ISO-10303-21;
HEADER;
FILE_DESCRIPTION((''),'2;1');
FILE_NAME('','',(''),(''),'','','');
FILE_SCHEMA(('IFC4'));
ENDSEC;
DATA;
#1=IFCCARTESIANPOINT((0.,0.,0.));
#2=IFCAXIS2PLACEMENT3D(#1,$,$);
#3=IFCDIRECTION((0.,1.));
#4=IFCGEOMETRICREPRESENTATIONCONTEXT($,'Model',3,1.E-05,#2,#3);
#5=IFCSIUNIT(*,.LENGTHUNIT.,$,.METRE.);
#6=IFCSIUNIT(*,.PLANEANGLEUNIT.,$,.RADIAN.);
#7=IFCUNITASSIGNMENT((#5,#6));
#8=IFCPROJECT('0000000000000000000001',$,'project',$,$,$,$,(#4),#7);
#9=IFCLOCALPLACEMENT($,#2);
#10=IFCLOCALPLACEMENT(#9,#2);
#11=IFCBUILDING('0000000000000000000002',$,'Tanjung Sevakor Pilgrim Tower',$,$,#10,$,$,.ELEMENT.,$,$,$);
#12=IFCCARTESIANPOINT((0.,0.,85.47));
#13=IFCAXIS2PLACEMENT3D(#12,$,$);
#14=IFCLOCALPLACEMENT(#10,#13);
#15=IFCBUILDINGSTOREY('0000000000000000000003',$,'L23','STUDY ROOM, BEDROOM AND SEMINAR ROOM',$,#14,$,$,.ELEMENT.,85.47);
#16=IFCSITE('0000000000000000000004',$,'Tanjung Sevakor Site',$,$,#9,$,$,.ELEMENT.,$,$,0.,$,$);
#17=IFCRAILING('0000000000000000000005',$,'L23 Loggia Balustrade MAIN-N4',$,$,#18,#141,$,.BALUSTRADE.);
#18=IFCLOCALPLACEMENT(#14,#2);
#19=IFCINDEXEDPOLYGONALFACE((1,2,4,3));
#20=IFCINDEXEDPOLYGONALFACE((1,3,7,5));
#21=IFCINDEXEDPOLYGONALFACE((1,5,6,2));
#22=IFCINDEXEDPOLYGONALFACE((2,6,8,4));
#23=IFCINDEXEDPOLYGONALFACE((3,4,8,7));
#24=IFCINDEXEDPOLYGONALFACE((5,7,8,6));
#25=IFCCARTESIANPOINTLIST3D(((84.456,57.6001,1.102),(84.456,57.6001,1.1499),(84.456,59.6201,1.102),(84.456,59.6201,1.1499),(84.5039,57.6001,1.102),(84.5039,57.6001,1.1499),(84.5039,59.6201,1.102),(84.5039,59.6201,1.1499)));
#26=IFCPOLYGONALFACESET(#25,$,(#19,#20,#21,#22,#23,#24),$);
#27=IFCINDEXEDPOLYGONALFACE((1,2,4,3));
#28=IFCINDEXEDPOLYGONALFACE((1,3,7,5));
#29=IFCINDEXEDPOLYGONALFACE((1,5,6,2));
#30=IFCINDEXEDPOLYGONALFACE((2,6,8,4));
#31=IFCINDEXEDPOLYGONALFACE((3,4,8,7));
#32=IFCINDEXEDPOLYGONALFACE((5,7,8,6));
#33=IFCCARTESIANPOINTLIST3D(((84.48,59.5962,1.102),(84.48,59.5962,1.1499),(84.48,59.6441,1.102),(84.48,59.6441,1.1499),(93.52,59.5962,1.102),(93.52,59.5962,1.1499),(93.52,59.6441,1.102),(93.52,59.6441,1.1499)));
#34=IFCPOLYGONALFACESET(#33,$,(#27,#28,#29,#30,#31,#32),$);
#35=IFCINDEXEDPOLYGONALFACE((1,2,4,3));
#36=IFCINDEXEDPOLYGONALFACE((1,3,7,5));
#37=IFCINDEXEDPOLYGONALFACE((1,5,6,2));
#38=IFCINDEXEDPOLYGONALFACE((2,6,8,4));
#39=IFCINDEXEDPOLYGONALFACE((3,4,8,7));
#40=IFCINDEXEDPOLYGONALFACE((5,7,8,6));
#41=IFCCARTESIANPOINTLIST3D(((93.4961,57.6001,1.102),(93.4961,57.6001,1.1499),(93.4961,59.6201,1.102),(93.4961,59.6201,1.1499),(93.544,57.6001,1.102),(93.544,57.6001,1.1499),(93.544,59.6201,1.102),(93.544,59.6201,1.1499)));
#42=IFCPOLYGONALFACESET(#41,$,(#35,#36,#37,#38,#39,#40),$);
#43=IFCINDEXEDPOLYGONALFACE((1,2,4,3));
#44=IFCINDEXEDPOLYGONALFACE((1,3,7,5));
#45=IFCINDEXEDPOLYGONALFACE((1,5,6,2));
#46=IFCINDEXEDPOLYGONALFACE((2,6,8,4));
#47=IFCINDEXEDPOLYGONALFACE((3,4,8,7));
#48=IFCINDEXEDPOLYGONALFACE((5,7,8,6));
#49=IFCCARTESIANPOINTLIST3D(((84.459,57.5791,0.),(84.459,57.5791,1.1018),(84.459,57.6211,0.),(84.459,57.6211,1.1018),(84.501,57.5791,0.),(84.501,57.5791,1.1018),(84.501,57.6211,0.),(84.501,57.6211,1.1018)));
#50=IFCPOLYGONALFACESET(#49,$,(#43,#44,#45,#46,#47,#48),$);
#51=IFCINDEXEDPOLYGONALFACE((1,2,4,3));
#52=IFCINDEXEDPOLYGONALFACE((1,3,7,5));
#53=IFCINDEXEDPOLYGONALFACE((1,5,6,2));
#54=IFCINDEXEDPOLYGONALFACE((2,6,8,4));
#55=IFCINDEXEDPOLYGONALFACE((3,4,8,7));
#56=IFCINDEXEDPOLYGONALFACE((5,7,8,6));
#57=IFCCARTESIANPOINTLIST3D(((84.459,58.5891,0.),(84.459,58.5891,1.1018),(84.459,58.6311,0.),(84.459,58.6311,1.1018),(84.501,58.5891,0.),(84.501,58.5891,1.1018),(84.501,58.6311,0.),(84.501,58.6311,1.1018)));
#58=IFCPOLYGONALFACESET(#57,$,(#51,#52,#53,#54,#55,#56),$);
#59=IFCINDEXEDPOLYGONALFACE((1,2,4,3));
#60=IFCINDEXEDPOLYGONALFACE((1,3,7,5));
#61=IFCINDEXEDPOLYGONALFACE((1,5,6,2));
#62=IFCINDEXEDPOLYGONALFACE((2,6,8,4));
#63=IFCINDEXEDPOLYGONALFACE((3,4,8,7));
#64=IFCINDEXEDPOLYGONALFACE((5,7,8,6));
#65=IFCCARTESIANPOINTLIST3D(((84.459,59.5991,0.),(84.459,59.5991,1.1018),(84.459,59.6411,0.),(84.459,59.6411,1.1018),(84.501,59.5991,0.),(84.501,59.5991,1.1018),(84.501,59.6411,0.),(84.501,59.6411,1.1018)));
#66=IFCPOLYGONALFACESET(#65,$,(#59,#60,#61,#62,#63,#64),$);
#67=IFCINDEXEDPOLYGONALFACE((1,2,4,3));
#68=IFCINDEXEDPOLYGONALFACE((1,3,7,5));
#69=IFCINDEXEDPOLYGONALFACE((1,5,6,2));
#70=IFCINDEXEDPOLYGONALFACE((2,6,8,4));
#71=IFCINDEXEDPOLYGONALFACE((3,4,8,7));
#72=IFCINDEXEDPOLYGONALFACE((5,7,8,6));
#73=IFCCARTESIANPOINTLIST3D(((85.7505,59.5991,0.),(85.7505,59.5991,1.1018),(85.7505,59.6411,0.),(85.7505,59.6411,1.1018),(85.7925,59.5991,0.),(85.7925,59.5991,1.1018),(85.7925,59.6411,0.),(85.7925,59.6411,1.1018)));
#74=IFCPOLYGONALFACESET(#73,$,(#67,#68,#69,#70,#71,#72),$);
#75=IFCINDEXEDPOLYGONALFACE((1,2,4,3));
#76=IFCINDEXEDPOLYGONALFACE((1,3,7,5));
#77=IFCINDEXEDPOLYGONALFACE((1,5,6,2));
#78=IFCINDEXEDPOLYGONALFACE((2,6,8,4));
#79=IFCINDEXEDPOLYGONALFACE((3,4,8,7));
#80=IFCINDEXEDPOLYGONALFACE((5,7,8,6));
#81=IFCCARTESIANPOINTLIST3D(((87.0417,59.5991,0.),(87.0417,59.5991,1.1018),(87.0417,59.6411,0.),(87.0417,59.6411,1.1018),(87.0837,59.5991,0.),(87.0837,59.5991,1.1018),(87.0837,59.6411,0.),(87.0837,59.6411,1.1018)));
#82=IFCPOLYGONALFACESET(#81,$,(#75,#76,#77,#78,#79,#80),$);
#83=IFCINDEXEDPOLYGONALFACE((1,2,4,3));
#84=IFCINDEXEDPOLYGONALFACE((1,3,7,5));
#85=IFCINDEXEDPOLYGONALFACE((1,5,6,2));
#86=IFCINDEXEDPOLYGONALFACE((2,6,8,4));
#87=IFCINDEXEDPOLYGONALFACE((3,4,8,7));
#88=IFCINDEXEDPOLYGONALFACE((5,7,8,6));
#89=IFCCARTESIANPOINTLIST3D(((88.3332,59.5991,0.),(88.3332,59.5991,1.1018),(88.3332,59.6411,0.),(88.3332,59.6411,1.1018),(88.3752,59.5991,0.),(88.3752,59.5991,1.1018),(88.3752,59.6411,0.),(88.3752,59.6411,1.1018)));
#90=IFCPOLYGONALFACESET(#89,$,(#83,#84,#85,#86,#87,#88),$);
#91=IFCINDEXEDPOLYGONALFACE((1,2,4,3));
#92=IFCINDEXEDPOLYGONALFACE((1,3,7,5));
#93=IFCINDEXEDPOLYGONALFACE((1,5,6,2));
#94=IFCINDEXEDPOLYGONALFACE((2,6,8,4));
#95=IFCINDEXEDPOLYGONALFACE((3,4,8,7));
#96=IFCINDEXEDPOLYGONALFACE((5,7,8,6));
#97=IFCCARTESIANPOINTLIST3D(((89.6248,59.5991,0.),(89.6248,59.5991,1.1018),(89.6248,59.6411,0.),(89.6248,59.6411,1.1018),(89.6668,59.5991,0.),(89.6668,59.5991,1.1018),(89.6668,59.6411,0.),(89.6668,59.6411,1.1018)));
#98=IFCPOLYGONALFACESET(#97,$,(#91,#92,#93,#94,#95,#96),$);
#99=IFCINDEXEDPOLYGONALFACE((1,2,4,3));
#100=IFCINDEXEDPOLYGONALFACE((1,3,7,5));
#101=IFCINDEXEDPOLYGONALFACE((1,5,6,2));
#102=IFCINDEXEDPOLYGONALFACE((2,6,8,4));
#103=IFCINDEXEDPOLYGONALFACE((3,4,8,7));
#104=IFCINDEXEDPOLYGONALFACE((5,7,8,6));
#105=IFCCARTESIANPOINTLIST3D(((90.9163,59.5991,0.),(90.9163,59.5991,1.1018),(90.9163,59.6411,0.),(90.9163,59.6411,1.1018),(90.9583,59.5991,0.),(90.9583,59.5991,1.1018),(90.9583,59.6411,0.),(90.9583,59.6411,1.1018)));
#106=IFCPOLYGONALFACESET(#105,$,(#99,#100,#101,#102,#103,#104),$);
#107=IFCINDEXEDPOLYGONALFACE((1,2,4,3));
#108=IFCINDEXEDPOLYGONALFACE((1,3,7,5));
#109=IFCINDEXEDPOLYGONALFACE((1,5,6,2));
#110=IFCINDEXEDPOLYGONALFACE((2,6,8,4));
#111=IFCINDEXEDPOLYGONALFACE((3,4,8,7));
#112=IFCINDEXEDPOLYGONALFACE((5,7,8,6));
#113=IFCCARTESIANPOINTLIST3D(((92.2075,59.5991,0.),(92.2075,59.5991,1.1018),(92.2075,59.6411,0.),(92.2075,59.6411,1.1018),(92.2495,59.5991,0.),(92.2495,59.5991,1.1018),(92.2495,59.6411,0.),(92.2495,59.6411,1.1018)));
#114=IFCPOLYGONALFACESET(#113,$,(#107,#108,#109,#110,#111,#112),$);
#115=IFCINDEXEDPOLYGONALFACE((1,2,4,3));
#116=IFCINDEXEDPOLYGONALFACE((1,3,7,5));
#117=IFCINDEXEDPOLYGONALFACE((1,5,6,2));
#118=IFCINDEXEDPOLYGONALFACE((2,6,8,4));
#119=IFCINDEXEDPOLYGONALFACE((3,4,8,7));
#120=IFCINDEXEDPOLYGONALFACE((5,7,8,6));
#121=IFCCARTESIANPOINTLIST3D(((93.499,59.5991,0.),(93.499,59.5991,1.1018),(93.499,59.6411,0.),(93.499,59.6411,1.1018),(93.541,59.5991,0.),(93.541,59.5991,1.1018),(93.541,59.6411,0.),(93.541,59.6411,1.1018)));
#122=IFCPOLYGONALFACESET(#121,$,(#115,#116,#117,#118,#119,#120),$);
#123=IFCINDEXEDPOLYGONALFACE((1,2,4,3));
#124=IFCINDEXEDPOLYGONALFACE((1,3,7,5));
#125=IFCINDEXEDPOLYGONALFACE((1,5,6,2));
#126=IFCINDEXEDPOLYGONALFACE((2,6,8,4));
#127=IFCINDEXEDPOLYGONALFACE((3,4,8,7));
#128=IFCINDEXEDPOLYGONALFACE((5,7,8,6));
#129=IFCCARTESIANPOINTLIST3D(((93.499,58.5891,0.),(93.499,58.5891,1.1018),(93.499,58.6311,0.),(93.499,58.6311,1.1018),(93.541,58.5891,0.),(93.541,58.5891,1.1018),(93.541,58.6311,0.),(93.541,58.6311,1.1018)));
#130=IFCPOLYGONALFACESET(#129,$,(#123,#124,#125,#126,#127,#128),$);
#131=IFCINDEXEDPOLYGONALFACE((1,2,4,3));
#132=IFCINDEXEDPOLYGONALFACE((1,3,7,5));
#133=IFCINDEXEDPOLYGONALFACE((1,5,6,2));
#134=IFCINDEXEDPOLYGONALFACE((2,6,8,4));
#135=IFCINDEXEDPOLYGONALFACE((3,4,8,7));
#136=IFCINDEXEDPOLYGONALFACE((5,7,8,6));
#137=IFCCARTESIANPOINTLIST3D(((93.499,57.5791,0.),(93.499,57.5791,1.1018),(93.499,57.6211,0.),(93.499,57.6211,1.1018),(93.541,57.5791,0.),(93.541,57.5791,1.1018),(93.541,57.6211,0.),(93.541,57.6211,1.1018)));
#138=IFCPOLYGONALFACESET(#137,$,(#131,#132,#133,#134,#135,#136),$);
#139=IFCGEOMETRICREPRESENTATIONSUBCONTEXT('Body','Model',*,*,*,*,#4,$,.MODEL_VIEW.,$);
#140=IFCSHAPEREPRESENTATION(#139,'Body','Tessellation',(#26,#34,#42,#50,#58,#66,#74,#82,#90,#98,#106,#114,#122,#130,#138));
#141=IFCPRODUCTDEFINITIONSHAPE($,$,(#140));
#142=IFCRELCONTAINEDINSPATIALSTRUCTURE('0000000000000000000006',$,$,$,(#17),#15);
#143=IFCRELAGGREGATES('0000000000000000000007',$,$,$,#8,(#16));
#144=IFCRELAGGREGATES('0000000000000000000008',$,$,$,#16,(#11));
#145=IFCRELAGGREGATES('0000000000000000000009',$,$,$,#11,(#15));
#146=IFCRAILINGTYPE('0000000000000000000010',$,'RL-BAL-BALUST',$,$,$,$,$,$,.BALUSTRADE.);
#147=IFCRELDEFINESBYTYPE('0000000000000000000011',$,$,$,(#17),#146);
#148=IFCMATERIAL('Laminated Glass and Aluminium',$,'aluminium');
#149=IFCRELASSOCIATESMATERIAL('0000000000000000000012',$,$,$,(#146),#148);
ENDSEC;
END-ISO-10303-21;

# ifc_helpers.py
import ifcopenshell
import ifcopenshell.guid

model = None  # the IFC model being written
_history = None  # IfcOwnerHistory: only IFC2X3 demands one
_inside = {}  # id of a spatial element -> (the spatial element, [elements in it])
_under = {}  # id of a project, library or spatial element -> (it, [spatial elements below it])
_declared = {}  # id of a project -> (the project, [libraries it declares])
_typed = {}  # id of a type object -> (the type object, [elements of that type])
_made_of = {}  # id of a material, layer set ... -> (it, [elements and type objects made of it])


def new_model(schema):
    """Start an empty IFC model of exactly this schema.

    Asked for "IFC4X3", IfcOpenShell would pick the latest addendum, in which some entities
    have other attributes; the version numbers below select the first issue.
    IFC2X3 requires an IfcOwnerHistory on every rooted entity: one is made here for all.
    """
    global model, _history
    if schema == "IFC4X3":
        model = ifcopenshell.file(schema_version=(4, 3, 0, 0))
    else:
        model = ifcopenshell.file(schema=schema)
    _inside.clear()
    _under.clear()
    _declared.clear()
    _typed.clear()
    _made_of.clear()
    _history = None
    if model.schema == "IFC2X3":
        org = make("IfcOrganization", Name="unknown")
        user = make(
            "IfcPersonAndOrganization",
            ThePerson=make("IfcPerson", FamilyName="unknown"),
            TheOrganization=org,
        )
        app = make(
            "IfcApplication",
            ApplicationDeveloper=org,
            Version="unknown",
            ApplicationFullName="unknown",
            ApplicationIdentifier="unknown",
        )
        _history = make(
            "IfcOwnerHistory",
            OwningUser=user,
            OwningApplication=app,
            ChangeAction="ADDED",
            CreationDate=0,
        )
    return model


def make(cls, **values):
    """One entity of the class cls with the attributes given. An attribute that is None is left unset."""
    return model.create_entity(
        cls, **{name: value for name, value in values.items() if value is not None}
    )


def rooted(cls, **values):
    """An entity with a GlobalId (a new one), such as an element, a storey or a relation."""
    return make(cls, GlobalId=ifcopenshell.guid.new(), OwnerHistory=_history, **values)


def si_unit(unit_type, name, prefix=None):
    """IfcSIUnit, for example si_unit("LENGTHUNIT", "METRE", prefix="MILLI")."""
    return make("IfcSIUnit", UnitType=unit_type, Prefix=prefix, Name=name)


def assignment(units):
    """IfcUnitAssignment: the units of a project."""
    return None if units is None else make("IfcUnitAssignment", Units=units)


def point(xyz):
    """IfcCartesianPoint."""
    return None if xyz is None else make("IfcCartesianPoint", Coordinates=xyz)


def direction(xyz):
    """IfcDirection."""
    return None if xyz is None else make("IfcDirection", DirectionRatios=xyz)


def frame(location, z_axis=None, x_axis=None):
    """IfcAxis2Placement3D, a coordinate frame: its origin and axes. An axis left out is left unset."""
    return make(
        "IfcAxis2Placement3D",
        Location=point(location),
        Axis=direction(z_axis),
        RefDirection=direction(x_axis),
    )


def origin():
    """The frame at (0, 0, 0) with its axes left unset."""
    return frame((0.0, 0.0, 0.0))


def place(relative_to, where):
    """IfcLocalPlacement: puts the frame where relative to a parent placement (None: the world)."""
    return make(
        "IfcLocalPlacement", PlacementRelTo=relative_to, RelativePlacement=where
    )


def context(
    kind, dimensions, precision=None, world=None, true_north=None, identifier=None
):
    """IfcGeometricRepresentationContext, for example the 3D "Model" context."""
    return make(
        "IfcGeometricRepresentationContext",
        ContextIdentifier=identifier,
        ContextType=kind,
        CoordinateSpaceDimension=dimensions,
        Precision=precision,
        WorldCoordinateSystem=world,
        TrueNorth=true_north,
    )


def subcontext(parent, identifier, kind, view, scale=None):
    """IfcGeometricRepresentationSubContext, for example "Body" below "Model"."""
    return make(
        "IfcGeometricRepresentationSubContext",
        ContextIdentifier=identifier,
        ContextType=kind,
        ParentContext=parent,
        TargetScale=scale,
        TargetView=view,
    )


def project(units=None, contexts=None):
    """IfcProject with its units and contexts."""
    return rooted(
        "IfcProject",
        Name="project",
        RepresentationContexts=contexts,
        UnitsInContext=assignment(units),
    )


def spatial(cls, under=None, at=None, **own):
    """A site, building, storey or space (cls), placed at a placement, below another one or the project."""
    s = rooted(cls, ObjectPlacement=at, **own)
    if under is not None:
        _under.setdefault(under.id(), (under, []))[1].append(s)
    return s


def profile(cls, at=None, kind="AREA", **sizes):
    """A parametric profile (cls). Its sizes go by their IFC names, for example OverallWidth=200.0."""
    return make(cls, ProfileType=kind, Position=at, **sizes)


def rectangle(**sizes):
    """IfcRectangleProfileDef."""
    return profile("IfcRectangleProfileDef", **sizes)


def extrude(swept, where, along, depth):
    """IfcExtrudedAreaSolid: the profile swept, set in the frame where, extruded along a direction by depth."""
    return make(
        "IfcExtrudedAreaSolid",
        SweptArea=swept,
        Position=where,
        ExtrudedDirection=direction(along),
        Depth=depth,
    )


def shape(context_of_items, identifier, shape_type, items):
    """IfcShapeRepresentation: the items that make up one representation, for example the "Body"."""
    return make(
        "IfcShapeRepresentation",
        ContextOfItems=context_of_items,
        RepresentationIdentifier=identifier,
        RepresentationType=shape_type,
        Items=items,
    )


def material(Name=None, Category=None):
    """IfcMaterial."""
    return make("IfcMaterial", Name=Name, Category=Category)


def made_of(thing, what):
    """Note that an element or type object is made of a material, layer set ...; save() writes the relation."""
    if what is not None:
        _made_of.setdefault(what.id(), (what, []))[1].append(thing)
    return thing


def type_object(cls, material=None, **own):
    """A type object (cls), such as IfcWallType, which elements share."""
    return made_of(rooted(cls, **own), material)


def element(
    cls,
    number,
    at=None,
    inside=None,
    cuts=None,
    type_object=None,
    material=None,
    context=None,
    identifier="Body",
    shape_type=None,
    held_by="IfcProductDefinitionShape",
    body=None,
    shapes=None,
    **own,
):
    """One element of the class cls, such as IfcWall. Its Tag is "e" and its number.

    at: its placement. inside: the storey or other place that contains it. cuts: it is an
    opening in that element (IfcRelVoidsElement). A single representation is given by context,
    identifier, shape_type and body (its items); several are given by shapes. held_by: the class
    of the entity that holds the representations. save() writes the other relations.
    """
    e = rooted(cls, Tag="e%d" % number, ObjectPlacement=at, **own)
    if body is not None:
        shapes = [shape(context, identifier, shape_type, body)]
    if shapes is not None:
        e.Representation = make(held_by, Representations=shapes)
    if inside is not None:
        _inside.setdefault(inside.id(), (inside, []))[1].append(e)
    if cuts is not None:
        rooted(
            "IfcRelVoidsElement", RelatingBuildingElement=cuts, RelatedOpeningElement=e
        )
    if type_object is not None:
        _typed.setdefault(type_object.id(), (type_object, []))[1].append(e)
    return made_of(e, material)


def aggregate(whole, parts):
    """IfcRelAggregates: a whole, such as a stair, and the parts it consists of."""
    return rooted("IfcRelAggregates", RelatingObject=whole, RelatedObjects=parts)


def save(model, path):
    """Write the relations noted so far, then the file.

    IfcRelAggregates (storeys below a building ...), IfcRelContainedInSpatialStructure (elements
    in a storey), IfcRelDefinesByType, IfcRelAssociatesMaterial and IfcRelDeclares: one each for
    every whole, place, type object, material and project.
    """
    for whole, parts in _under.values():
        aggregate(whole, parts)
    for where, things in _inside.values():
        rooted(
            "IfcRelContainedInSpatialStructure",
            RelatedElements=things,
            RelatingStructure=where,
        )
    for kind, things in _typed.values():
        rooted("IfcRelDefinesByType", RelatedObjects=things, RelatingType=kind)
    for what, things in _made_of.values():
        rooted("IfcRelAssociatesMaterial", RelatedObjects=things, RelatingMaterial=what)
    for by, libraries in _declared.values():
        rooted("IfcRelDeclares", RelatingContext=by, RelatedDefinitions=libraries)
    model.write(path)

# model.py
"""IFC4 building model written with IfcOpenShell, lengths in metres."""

from ifc_helpers import new_model, si_unit, direction, frame, origin, place, context, subcontext, project, spatial, rectangle, extrude, material, type_object, element, save


model = new_model("IFC4")

# Units and contexts
model_context = context("Model", 3, precision=1e-05, world=origin(), true_north=direction((0.0, 1.0)))
body_context = subcontext(model_context, "Body", "Model", "MODEL_VIEW")
ifc_project = project(units=[si_unit("LENGTHUNIT", "METRE"), si_unit("PLANEANGLEUNIT", "RADIAN")], contexts=[model_context])

# Site, building, storey
site_placement = place(None, origin())
site = spatial("IfcSite", under=ifc_project, at=site_placement, Name="Tanjung Sevakor Site", CompositionType="ELEMENT", RefElevation=0.0)
building_placement = place(site_placement, origin())
building = spatial("IfcBuilding", under=site, at=building_placement, Name="Tanjung Sevakor Pilgrim Tower", CompositionType="ELEMENT")
storey_placement = place(building_placement, frame((0.0, 0.0, 85.47)))
storey = spatial("IfcBuildingStorey", under=building, at=storey_placement, Name="L23", Description="STUDY ROOM, BEDROOM AND SEMINAR ROOM", CompositionType="ELEMENT", Elevation=85.47)

# Railing
ifc_material_1 = material(Name="Laminated Glass and Aluminium", Category="aluminium")
railing_type = type_object("IfcRailingType", Name="RL-BAL-BALUST", PredefinedType="BALUSTRADE", material=ifc_material_1)
railing_placement = place(storey_placement, frame((84.48, 57.6001, 0.0)))
element("IfcRailing", 1, at=railing_placement, inside=storey, type_object=railing_type, Name="L23 Loggia Balustrade MAIN-N4", PredefinedType="BALUSTRADE", context=body_context, shape_type="SweptSolid", body=[
    extrude(rectangle(XDim=0.0479, YDim=0.0479), frame((0.0, 0.0, 1.126), z_axis=(0.0, 1.0, 0.0), x_axis=(-1.0, 0.0, 0.0)), (0.0, 0.0, 1.0), 2.02),
    extrude(rectangle(XDim=0.0479, YDim=0.0479), frame((0.0, 2.02, 1.126), z_axis=(1.0, 0.0, 0.0), x_axis=(0.0, 1.0, 0.0)), (0.0, 0.0, 1.0), 9.04),
    extrude(rectangle(XDim=0.0479, YDim=0.0479), frame((9.04, 2.02, 1.126), z_axis=(0.0, -1.0, 0.0), x_axis=(1.0, 0.0, 0.0)), (0.0, 0.0, 1.0), 2.02),
    extrude(rectangle(XDim=0.042, YDim=0.042), origin(), (0.0, 0.0, 1.0), 1.1018),
    extrude(rectangle(XDim=0.042, YDim=0.042), frame((0.0, 1.01, 0.0)), (0.0, 0.0, 1.0), 1.1018),
    extrude(rectangle(XDim=0.042, YDim=0.042), frame((0.0, 2.02, 0.0)), (0.0, 0.0, 1.0), 1.1018),
    extrude(rectangle(XDim=0.042, YDim=0.042), frame((1.2915, 2.02, 0.0)), (0.0, 0.0, 1.0), 1.1018),
    extrude(rectangle(XDim=0.042, YDim=0.042), frame((2.5828, 2.02, 0.0)), (0.0, 0.0, 1.0), 1.1018),
    extrude(rectangle(XDim=0.042, YDim=0.042), frame((3.8743, 2.02, 0.0)), (0.0, 0.0, 1.0), 1.1018),
    extrude(rectangle(XDim=0.042, YDim=0.042), frame((5.1658, 2.02, 0.0)), (0.0, 0.0, 1.0), 1.1018),
    extrude(rectangle(XDim=0.042, YDim=0.042), frame((6.4573, 2.02, 0.0)), (0.0, 0.0, 1.0), 1.1018),
    extrude(rectangle(XDim=0.042, YDim=0.042), frame((7.7485, 2.02, 0.0)), (0.0, 0.0, 1.0), 1.1018),
    extrude(rectangle(XDim=0.042, YDim=0.042), frame((9.04, 2.02, 0.0)), (0.0, 0.0, 1.0), 1.1018),
    extrude(rectangle(XDim=0.042, YDim=0.042), frame((9.04, 1.01, 0.0)), (0.0, 0.0, 1.0), 1.1018),
    extrude(rectangle(XDim=0.042, YDim=0.042), frame((9.04, 0.0, 0.0)), (0.0, 0.0, 1.0), 1.1018),
])

save(model, "model.ifc")
